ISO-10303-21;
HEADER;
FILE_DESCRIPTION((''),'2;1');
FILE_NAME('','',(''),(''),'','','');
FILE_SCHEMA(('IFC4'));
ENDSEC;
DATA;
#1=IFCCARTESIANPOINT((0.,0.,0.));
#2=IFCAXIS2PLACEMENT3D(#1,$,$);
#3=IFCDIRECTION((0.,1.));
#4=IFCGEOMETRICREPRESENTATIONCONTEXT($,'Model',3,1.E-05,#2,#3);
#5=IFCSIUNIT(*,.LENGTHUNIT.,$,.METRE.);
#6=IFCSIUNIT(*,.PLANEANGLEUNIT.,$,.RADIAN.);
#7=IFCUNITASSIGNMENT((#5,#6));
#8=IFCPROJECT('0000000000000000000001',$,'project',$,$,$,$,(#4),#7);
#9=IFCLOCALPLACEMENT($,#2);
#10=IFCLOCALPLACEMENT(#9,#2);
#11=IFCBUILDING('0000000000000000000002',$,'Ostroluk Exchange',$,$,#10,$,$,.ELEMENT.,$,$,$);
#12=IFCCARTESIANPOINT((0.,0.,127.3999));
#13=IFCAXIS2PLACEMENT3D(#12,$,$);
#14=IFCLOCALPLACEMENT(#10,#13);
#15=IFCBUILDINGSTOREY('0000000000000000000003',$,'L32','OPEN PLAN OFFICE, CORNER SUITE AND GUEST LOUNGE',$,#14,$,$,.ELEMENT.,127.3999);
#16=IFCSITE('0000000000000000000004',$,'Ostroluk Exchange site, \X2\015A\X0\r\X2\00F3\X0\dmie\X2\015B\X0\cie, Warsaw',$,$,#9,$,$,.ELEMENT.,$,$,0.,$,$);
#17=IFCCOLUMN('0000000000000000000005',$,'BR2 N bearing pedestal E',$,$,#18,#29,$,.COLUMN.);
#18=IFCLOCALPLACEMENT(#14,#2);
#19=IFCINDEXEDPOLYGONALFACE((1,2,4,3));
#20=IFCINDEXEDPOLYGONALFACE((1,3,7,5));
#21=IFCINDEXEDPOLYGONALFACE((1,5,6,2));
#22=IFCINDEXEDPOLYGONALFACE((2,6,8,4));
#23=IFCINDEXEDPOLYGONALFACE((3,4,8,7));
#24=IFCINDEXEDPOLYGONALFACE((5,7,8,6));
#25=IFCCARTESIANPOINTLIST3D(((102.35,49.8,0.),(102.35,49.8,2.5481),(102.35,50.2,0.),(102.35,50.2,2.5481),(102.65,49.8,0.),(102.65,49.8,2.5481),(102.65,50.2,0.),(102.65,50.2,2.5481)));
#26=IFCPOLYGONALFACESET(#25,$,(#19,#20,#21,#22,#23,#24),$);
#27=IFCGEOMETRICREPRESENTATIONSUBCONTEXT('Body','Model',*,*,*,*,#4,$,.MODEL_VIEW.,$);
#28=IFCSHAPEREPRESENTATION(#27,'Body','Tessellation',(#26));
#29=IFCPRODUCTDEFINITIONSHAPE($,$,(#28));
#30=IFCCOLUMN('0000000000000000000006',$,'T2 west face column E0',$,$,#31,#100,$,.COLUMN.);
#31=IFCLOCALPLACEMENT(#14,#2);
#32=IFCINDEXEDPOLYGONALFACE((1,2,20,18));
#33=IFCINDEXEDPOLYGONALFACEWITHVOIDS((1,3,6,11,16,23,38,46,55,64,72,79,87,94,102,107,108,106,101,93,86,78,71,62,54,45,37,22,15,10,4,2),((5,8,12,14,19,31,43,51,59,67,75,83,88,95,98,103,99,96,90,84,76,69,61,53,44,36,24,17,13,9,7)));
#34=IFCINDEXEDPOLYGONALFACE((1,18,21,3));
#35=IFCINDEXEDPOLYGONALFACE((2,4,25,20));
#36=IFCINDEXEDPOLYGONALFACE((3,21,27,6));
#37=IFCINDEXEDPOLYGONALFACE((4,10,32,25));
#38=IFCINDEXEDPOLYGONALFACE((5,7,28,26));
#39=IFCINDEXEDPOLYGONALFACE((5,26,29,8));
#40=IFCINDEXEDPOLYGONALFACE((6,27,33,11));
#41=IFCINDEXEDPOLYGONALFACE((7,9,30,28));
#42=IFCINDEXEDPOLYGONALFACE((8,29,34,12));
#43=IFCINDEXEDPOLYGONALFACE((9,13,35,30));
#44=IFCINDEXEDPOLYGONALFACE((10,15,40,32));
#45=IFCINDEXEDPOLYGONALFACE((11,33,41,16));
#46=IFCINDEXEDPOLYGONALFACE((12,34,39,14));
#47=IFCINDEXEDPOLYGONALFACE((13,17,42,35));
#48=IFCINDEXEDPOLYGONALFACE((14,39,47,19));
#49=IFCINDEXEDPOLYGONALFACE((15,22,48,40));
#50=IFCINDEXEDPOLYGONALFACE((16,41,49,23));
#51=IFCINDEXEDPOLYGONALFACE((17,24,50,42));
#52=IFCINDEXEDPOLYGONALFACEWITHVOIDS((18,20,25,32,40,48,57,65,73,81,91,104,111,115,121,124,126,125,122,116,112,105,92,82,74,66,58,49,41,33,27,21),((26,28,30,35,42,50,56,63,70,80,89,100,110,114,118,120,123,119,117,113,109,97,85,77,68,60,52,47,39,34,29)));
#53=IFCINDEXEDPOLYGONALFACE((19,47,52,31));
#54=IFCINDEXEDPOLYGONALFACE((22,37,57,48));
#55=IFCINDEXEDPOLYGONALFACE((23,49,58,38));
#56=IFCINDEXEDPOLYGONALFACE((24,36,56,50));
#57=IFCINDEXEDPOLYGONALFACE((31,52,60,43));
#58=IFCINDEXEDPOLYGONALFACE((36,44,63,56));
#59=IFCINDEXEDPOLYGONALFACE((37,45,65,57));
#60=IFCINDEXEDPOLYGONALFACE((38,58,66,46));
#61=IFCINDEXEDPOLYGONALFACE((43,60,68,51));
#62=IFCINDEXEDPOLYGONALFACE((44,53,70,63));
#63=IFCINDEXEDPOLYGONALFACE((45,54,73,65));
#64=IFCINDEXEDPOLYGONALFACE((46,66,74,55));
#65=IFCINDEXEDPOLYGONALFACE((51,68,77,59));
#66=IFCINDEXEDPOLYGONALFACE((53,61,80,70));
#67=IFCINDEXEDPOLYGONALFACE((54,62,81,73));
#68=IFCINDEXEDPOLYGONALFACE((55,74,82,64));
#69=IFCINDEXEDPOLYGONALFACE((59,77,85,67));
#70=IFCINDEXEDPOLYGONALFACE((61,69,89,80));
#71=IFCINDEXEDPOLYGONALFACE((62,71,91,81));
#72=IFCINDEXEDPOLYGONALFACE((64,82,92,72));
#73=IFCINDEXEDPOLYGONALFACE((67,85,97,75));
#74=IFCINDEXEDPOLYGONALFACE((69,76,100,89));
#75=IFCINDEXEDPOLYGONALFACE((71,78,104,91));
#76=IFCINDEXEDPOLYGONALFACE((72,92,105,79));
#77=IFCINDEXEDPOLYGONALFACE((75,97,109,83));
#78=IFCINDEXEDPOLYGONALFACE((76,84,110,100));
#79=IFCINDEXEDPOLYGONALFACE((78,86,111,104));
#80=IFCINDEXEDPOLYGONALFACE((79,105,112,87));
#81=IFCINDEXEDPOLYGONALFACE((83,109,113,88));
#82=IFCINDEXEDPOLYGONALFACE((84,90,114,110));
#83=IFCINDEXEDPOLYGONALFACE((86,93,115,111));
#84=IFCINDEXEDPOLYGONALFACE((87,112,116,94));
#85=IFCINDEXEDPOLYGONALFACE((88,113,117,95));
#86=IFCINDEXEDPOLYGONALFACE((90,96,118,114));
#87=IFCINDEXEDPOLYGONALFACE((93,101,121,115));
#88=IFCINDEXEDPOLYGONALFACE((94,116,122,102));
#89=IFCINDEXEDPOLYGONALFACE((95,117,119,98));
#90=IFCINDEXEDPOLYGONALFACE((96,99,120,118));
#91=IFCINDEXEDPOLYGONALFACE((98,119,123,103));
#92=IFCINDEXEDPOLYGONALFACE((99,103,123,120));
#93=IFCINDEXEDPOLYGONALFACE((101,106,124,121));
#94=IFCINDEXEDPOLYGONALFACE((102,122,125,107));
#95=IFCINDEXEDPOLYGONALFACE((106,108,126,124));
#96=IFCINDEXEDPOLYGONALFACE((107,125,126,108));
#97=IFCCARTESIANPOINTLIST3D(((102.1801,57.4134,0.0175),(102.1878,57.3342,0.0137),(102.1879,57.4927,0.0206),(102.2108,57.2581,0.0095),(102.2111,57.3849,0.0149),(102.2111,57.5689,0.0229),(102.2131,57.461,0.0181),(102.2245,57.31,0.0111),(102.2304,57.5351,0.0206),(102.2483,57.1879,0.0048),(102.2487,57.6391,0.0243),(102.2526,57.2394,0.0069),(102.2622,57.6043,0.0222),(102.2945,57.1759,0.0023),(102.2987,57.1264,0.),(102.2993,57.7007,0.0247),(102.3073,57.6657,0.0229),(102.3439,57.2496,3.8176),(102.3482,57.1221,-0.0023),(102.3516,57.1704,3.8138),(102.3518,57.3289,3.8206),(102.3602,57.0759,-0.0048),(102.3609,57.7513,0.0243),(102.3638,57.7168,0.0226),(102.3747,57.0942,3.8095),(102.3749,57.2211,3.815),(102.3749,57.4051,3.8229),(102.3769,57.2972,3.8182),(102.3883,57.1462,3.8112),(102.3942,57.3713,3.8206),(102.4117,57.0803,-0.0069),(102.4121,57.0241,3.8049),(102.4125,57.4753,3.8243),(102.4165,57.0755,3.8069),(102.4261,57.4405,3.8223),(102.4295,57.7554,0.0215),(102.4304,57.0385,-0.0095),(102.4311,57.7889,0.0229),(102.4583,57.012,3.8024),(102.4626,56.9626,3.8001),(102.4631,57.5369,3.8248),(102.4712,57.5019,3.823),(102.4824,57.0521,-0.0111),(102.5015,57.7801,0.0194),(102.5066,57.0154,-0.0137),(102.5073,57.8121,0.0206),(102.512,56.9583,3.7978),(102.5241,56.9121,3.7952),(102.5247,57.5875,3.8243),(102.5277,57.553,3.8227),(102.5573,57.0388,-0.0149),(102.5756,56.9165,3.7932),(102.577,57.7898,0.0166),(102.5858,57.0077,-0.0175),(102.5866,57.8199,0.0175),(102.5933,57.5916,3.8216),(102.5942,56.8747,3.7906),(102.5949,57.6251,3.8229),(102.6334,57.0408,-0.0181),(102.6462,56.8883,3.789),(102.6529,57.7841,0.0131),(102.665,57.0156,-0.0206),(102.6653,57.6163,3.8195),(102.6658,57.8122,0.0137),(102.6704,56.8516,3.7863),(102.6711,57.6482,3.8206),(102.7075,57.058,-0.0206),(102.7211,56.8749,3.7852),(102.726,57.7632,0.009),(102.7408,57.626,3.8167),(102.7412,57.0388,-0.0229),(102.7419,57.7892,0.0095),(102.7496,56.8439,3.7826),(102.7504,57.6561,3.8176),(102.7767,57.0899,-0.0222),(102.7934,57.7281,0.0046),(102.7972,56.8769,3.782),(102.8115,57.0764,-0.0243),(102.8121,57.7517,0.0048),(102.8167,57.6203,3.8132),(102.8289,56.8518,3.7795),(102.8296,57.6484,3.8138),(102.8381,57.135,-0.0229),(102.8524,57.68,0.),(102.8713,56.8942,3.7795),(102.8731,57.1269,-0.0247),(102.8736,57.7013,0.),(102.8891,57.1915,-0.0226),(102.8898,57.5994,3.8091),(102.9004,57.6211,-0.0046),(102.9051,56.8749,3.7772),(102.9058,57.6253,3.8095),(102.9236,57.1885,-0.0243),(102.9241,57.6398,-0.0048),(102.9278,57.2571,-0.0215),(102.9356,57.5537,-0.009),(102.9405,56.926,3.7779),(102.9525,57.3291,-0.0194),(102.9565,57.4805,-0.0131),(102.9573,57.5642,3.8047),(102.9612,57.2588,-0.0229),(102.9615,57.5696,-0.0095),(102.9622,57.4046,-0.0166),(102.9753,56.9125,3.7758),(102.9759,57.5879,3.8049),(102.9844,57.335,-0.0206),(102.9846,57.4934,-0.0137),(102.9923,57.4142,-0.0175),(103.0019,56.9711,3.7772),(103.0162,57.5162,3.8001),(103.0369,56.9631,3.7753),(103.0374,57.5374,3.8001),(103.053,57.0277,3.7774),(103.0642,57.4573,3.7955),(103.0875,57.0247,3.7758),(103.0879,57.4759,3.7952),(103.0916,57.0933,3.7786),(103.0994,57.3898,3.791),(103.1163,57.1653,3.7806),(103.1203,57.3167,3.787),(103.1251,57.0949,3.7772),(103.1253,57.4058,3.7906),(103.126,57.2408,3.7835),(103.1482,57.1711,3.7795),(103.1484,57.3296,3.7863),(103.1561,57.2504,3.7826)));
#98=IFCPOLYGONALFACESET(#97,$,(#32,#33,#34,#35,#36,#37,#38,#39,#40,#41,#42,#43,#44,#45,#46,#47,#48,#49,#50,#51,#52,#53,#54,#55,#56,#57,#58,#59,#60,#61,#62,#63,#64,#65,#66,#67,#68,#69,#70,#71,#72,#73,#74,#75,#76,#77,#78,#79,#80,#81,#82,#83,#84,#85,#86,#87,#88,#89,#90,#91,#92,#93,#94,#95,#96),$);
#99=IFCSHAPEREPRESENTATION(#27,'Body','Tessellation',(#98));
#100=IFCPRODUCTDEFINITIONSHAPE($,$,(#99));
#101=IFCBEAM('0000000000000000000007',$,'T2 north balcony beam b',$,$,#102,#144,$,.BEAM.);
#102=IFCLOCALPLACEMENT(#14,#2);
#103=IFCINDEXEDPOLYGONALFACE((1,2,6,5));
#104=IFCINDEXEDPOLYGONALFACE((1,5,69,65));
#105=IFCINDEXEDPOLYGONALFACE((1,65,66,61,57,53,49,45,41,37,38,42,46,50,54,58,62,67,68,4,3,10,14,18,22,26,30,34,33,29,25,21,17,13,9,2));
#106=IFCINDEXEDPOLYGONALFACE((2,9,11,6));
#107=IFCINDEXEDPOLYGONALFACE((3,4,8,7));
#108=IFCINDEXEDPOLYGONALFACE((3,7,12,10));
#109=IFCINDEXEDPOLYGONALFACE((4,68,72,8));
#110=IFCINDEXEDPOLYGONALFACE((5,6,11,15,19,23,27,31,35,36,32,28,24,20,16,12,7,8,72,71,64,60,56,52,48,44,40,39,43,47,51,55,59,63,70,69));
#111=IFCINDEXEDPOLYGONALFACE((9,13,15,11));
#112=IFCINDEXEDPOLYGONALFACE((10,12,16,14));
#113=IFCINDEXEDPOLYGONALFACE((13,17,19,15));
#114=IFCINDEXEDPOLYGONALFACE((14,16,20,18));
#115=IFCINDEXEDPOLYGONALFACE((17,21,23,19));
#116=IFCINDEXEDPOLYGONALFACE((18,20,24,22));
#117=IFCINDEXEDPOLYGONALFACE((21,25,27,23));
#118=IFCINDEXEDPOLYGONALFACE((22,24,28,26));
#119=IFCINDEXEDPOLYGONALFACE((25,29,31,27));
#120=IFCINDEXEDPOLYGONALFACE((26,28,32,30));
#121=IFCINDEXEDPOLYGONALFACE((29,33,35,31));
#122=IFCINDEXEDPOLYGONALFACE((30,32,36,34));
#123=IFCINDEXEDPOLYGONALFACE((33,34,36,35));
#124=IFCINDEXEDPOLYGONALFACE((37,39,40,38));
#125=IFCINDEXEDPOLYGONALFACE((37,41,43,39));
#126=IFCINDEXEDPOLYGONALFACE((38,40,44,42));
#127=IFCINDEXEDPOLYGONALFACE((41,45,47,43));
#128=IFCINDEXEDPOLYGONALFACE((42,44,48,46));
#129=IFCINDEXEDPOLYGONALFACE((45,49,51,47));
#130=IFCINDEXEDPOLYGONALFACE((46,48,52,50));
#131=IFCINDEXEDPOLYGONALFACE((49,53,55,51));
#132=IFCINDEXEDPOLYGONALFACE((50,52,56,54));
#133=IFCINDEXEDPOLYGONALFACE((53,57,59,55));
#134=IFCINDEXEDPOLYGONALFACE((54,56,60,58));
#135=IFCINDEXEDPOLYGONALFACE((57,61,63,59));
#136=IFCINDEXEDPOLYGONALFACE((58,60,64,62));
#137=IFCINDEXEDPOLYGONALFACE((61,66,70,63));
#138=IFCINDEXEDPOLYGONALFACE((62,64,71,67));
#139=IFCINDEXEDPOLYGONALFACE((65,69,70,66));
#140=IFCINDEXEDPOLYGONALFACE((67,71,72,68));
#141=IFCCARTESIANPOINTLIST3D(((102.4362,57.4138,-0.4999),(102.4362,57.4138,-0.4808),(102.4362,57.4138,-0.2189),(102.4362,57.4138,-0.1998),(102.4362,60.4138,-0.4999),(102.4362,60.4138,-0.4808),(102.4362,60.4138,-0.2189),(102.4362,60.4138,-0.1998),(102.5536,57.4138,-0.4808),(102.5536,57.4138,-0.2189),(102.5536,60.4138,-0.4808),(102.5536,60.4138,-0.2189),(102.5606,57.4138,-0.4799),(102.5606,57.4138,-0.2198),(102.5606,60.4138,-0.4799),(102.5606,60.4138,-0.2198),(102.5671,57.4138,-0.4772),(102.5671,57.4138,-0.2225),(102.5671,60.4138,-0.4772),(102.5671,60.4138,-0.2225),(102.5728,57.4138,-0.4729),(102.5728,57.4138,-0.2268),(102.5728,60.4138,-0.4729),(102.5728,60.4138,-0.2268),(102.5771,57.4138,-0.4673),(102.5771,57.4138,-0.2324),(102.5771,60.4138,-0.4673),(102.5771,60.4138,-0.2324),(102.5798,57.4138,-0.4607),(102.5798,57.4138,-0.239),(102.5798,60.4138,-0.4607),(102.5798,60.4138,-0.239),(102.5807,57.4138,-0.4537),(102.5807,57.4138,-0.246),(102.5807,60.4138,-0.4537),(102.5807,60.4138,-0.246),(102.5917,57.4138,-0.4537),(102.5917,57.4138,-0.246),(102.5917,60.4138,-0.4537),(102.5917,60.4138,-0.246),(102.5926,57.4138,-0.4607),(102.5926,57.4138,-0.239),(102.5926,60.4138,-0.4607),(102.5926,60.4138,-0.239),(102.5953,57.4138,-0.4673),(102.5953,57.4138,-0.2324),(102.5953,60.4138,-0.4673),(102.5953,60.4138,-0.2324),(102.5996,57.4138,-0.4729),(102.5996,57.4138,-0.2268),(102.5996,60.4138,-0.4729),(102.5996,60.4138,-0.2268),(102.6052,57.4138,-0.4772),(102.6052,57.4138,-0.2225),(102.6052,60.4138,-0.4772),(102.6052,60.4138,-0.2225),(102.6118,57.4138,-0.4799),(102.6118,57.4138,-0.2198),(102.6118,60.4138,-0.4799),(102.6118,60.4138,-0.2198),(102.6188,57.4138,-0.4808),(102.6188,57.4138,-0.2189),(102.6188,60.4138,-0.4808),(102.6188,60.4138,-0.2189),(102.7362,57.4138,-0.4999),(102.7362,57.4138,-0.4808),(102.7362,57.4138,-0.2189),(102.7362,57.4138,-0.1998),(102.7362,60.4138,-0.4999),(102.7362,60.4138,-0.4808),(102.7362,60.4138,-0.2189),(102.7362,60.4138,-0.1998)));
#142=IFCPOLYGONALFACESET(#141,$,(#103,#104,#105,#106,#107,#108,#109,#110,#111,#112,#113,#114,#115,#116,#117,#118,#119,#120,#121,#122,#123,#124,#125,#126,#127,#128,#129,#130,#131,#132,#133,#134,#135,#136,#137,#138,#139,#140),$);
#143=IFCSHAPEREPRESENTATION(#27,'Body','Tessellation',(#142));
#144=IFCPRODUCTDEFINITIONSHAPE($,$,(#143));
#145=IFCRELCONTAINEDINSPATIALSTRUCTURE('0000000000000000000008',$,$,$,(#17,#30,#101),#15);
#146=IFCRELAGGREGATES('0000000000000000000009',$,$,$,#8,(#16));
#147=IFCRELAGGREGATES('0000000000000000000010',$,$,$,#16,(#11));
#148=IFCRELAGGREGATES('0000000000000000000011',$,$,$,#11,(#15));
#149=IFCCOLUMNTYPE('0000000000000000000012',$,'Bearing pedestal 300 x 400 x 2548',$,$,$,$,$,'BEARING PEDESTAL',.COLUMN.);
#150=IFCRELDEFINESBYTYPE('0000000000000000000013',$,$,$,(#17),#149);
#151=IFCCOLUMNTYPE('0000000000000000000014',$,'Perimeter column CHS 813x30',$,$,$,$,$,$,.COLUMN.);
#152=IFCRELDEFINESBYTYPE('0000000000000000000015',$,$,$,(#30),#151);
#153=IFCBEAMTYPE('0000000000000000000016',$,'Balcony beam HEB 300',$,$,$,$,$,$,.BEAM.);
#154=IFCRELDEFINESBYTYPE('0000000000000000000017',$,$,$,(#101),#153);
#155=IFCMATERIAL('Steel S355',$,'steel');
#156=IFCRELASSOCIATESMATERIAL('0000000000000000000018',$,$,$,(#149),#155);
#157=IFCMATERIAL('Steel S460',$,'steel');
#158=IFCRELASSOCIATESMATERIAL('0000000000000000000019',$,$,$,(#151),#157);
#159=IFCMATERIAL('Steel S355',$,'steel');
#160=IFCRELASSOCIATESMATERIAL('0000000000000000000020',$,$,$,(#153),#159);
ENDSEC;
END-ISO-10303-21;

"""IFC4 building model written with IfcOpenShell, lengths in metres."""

from ifc_helpers import new_model, si_unit, direction, frame, origin, origin_2d, place, context, subcontext, project, spatial, rectangle, hollow_circle, i_section, extrude, material, material_profile, profile_set, type_object, element, save


model = new_model("IFC4")

# Units and contexts
model_context = context("Model", 3, precision=1e-05, world=origin(), true_north=direction((0.0, 1.0)))
body_context = subcontext(model_context, "Body", "Model", "MODEL_VIEW")
ifc_project = project(units=[si_unit("LENGTHUNIT", "METRE"), si_unit("PLANEANGLEUNIT", "RADIAN")], contexts=[model_context])

# Site, building, storey
site_placement = place(None, origin())
site = spatial("IfcSite", under=ifc_project, at=site_placement, Name="Ostroluk Exchange site, Śródmieście, Warsaw", CompositionType="ELEMENT", RefElevation=0.0)
building_placement = place(site_placement, origin())
building = spatial("IfcBuilding", under=site, at=building_placement, Name="Ostroluk Exchange", CompositionType="ELEMENT")
storey_placement = place(building_placement, frame((0.0, 0.0, 127.3999)))
storey = spatial("IfcBuildingStorey", under=building, at=storey_placement, Name="L32", Description="OPEN PLAN OFFICE, CORNER SUITE AND GUEST LOUNGE", CompositionType="ELEMENT", Elevation=127.3999)

# Columns
ifc_material_1 = material(Name="Steel S355", Category="steel")
ifc_material_profile_1 = material_profile(ifc_material_1, rectangle(XDim=0.3, YDim=0.3999, at=origin_2d()), Name="PL 300x400")
ifc_profile_set_1 = profile_set([ifc_material_profile_1], Name="Steel S355")
column_type_1 = type_object("IfcColumnType", Name="Bearing pedestal 300 x 400 x 2548", ElementType="BEARING PEDESTAL", PredefinedType="COLUMN", material=ifc_profile_set_1)
column_1_placement = place(storey_placement, frame((102.5, 50.0, 0.0), z_axis=(0.0, 0.0, 1.0), x_axis=(1.0, 0.0, 0.0)))
element("IfcColumn", 1, at=column_1_placement, inside=storey, type_object=column_type_1, Name="BR2 N bearing pedestal E", PredefinedType="COLUMN", context=body_context, shape_type="SweptSolid", body=[
    extrude(rectangle(XDim=0.3, YDim=0.3999, at=origin_2d()), origin(), (0.0, 0.0, 1.0), 2.5481),
])
ifc_material_2 = material(Name="Steel S460", Category="steel")
ifc_material_profile_2 = material_profile(ifc_material_2, hollow_circle(Radius=0.4065, WallThickness=0.03, at=origin_2d()), Name="CHS 813x30")
ifc_profile_set_2 = profile_set([ifc_material_profile_2], Name="Steel S460")
column_type_2 = type_object("IfcColumnType", Name="Perimeter column CHS 813x30", PredefinedType="COLUMN", material=ifc_profile_set_2)
column_2_placement = place(storey_placement, frame((102.5862, 57.4138, 0.0), z_axis=(0.04303, -0.04303, 0.998147), x_axis=(0.707107, 0.707107, 0.0)))
element("IfcColumn", 2, at=column_2_placement, inside=storey, type_object=column_type_2, Name="T2 west face column E0", PredefinedType="COLUMN", context=body_context, shape_type="SweptSolid", body=[
    extrude(hollow_circle(Radius=0.4065, WallThickness=0.03, at=origin_2d()), origin(), (0.0, 0.0, 1.0), 3.8071),
])

# Beam
ifc_material_3 = material(Name="Steel S355", Category="steel")
ifc_material_profile_3 = material_profile(ifc_material_3, i_section(OverallWidth=0.3, OverallDepth=0.3, WebThickness=0.011, FlangeThickness=0.019, FilletRadius=0.0271, at=origin_2d()), Name="HEB 300")
ifc_profile_set_3 = profile_set([ifc_material_profile_3], Name="Steel S355")
beam_type_1 = type_object("IfcBeamType", Name="Balcony beam HEB 300", PredefinedType="BEAM", material=ifc_profile_set_3)
beam_1_placement = place(storey_placement, frame((102.5862, 57.4138, -0.3499), z_axis=(0.0, 1.0, 0.0), x_axis=(-1.0, 0.0, 0.0)))
element("IfcBeam", 3, at=beam_1_placement, inside=storey, type_object=beam_type_1, Name="T2 north balcony beam b", PredefinedType="BEAM", context=body_context, shape_type="SweptSolid", body=[
    extrude(i_section(OverallWidth=0.3, OverallDepth=0.3, WebThickness=0.011, FlangeThickness=0.019, FilletRadius=0.0271, at=origin_2d()), origin(), (0.0, 0.0, 1.0), 3.0),
])

save(model, "model.ifc")
